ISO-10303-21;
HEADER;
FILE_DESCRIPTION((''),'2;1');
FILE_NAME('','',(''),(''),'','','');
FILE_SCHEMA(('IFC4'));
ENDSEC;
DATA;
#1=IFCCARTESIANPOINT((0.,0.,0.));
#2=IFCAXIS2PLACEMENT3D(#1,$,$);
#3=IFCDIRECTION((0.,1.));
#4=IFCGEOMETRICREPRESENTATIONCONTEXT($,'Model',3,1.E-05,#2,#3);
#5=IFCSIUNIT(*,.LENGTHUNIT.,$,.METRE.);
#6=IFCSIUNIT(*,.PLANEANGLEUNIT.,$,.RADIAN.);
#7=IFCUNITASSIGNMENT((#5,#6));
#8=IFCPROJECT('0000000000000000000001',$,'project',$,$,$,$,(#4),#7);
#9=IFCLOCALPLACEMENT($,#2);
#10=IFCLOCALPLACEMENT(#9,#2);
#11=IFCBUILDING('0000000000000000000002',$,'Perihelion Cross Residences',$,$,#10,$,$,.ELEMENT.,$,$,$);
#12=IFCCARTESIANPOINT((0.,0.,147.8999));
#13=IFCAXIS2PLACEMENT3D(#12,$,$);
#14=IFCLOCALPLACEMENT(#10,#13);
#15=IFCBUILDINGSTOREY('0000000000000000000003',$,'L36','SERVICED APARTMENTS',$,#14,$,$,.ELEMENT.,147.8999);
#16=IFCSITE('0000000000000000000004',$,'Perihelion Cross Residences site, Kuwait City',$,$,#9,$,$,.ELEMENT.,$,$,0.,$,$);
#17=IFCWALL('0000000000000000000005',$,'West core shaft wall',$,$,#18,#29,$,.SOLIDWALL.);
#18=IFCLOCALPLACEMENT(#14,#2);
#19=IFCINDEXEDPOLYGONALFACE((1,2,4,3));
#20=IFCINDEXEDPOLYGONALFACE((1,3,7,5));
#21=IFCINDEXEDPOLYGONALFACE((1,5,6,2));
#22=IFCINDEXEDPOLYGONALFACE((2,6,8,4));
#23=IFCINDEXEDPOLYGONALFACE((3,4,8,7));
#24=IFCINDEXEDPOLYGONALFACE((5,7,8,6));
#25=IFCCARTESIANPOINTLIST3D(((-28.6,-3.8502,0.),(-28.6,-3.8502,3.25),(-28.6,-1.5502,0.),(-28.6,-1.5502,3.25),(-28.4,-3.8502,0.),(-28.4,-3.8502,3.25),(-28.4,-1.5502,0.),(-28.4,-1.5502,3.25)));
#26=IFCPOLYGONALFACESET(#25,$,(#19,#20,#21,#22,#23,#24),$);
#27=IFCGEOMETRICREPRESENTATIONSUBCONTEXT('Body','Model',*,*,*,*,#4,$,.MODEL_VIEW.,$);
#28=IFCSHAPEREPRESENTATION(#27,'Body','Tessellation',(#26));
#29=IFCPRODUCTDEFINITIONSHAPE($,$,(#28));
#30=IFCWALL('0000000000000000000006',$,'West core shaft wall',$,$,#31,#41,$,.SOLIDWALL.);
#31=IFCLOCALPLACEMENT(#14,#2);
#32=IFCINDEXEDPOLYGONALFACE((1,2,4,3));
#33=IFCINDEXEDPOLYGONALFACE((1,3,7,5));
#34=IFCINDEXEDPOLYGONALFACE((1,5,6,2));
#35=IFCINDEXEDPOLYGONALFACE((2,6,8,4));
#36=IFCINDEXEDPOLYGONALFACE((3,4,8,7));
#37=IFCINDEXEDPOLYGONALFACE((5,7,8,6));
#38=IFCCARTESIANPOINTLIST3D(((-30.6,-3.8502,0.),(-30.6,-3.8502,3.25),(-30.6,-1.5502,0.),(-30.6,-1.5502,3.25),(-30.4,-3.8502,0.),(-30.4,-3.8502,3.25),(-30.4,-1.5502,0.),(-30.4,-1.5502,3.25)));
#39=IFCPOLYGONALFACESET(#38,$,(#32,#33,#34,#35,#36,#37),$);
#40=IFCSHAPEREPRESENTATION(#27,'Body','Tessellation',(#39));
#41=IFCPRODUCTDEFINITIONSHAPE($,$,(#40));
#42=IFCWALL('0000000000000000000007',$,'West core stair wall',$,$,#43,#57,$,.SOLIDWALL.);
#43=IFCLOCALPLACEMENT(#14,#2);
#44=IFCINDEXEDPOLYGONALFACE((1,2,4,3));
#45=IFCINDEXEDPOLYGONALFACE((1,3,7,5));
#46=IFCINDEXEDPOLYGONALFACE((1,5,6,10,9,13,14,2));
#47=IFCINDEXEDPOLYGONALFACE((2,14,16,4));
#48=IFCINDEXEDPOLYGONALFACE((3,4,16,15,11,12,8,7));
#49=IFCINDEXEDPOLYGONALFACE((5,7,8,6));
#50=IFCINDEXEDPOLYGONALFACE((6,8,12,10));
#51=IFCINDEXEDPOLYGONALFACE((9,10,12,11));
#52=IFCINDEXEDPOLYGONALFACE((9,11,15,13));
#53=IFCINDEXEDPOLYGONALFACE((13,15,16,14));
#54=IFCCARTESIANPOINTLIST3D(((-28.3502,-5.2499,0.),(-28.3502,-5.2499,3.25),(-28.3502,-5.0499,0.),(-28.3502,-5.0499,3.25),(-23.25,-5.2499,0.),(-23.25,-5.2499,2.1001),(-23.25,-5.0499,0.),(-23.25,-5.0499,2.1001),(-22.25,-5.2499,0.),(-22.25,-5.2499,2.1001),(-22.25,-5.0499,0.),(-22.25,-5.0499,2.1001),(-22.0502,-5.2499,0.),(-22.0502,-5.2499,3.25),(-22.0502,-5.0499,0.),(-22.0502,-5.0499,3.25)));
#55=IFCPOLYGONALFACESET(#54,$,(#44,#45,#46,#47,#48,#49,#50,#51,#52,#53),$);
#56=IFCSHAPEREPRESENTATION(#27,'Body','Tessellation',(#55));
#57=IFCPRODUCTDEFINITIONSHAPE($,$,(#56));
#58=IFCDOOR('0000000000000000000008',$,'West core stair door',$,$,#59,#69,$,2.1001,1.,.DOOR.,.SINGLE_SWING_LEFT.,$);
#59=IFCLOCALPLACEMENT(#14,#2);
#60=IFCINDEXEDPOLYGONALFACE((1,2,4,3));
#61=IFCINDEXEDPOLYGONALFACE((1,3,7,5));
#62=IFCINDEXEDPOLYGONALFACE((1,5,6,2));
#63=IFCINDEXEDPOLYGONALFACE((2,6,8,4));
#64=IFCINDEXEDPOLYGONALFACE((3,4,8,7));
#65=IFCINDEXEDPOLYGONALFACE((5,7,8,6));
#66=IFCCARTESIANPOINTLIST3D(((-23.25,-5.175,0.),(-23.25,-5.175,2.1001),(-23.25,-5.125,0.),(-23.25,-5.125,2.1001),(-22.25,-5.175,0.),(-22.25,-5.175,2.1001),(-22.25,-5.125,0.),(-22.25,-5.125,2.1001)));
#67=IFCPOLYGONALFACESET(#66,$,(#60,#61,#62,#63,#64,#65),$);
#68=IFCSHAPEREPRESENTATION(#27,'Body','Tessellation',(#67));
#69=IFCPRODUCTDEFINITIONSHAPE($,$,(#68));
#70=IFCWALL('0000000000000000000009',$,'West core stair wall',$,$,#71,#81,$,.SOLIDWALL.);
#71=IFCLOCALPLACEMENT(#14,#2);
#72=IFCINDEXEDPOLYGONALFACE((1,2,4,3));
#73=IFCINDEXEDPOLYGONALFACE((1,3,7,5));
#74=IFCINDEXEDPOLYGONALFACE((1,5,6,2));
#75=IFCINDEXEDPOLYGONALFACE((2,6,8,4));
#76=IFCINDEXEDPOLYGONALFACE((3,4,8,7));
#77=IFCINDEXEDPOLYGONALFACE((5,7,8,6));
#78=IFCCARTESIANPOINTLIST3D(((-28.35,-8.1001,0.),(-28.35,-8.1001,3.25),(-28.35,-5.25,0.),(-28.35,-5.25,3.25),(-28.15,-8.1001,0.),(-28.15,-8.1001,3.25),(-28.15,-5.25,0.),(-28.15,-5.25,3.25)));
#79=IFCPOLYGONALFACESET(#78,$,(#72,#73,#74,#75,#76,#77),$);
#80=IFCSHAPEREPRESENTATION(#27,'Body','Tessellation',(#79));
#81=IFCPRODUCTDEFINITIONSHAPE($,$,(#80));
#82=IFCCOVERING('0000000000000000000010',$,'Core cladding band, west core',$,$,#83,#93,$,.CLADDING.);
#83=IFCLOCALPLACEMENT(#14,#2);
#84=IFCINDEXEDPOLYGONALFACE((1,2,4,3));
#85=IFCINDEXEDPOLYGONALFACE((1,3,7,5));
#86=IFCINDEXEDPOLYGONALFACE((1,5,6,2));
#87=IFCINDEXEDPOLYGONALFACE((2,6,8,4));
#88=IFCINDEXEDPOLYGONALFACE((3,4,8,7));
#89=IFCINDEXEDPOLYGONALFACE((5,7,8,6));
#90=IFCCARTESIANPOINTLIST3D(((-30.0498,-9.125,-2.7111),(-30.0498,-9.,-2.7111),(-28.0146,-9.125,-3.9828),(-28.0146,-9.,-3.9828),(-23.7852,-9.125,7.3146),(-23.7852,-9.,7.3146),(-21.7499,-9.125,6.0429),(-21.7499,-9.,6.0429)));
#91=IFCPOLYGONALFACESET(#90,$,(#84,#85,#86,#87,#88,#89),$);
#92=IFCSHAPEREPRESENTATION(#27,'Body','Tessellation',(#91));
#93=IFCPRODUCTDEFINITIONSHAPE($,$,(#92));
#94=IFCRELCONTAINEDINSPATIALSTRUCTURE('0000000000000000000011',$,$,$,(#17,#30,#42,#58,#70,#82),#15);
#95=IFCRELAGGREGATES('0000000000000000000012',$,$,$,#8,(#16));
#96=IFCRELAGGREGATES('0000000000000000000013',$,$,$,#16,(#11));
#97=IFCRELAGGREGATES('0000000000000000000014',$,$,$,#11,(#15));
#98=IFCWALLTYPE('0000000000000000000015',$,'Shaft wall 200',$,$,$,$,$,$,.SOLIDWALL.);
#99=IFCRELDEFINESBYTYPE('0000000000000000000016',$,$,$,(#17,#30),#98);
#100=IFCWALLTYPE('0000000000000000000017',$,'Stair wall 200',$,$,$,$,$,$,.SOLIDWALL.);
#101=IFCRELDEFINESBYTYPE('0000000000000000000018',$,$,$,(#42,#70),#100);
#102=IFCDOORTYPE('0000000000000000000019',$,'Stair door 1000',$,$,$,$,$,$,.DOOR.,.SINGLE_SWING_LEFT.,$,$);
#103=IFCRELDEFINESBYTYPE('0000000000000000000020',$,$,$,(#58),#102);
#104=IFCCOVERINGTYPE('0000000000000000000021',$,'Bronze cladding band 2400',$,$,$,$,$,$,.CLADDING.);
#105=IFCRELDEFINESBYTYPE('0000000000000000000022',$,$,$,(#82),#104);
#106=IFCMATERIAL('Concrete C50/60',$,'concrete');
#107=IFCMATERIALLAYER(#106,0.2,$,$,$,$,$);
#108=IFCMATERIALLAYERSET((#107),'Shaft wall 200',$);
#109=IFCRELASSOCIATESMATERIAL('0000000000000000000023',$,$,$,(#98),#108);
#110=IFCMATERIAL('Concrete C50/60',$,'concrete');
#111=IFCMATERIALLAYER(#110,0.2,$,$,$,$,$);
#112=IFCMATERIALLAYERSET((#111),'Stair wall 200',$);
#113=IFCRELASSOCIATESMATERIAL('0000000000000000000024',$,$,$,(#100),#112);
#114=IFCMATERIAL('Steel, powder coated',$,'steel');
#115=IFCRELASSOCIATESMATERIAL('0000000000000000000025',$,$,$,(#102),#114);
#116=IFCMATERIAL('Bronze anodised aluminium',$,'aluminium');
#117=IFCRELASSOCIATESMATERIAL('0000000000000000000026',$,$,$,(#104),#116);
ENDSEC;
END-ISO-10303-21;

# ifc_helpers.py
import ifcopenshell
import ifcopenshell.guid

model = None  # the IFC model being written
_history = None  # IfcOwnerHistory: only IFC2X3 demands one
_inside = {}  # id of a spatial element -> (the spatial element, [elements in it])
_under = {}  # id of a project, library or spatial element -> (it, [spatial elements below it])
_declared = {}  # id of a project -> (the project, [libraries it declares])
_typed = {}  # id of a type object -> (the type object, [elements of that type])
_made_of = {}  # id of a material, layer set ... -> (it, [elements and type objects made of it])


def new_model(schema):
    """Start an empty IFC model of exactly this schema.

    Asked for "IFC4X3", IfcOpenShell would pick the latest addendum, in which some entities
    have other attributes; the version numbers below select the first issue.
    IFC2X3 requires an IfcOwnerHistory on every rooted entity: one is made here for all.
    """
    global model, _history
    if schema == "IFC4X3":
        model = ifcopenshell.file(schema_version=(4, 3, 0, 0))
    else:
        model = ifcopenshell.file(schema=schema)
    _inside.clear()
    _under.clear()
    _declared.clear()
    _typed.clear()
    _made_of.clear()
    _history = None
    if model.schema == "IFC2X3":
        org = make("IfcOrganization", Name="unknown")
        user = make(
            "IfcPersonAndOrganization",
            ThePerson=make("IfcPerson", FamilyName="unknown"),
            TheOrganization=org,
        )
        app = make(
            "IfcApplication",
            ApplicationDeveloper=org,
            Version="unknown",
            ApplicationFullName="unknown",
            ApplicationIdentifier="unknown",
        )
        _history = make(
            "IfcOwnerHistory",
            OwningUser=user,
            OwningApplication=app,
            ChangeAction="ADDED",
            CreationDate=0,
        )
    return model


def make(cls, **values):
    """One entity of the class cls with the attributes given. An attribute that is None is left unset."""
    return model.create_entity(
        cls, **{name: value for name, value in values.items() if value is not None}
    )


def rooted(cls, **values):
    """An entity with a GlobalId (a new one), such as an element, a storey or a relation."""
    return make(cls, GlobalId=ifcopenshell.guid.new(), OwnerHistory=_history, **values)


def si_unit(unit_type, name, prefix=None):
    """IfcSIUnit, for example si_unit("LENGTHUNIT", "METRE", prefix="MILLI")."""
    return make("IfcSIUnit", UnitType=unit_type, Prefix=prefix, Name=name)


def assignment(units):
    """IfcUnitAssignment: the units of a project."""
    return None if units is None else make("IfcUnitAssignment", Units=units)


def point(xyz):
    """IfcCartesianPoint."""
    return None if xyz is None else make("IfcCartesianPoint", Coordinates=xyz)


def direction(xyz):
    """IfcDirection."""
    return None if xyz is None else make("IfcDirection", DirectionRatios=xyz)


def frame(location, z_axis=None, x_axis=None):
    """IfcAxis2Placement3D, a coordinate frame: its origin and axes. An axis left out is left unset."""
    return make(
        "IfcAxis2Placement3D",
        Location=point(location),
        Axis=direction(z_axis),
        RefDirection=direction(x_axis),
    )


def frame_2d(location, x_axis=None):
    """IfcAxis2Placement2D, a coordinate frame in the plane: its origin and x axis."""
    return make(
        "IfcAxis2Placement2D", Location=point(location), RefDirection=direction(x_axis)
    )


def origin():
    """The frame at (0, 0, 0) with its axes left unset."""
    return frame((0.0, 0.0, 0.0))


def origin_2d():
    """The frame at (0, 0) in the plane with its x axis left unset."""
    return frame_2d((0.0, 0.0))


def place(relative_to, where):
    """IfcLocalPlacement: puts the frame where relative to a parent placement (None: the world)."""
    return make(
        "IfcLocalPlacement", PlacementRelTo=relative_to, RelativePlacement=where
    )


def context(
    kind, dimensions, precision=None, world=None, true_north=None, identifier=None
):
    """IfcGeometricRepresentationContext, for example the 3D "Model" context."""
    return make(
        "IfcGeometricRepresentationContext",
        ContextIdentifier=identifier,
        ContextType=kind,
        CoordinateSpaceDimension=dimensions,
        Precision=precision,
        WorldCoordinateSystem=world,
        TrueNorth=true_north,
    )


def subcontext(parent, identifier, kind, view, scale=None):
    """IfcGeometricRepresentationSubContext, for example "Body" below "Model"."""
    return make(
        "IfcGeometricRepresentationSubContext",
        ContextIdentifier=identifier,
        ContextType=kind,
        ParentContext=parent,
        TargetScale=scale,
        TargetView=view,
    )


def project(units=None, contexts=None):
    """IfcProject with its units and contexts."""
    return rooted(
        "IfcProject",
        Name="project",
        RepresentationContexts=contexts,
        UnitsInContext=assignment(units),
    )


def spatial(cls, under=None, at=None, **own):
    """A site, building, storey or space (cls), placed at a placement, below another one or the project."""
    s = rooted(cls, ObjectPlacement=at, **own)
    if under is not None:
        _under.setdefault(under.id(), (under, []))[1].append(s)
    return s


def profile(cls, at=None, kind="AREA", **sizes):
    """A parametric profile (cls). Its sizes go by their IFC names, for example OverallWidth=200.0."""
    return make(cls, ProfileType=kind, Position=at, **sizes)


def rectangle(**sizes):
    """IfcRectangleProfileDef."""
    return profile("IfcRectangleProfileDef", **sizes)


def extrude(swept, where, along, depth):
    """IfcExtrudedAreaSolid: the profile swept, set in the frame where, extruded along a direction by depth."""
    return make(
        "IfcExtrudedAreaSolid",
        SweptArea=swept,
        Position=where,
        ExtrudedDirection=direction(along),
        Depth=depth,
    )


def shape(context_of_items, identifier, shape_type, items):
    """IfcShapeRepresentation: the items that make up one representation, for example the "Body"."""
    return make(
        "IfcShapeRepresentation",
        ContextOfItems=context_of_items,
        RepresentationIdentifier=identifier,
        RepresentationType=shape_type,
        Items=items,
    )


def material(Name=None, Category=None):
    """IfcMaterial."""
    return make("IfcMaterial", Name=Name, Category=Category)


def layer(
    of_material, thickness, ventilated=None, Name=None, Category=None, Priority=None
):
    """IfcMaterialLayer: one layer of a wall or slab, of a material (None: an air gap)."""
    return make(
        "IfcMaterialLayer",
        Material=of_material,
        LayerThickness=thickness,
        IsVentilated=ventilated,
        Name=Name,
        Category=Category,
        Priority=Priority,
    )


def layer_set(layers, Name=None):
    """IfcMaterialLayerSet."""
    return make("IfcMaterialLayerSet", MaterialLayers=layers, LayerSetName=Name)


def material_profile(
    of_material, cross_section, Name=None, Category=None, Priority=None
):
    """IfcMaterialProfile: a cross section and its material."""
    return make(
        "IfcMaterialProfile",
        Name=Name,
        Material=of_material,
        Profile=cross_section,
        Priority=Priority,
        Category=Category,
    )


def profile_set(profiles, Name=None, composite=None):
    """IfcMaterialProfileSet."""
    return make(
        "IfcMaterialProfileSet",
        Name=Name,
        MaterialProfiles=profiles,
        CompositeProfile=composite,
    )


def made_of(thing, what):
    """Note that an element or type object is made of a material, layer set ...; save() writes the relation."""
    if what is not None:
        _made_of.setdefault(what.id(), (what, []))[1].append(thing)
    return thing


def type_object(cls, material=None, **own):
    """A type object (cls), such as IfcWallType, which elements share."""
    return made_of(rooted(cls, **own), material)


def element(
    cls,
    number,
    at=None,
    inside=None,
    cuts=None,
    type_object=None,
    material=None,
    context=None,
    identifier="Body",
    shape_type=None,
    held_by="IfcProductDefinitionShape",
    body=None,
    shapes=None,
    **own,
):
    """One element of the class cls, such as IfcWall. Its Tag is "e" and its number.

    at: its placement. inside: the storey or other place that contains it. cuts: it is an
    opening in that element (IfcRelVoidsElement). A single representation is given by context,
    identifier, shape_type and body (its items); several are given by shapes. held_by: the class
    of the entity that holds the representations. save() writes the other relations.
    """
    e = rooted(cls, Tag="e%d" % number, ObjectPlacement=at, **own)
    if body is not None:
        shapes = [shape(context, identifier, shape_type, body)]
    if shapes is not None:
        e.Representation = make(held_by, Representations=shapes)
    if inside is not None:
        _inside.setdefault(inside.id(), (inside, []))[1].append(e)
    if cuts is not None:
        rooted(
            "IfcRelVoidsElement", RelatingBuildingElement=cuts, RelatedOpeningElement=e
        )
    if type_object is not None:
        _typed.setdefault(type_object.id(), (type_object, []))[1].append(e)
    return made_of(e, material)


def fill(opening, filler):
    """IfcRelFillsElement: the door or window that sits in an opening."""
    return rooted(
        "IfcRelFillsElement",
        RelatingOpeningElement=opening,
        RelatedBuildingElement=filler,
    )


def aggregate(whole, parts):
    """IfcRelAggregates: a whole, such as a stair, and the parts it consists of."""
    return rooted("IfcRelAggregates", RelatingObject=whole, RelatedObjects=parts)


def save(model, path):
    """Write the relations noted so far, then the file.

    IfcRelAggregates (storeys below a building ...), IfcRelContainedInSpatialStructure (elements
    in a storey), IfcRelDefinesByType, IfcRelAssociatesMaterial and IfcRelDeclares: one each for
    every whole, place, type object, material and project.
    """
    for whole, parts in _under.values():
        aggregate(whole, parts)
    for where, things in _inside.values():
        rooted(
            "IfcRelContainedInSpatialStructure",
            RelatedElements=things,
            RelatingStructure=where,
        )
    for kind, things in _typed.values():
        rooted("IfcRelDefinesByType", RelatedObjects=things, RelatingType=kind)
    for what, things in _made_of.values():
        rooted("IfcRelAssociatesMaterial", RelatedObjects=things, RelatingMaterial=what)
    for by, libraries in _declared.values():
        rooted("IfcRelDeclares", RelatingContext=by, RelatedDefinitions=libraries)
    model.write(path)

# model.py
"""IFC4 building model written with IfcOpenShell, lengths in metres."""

from ifc_helpers import new_model, si_unit, direction, frame, frame_2d, origin, origin_2d, place, context, subcontext, project, spatial, rectangle, extrude, material, layer, layer_set, material_profile, profile_set, type_object, element, fill, save


model = new_model("IFC4")

# Units and contexts
model_context = context("Model", 3, precision=1e-05, world=origin(), true_north=direction((0.0, 1.0)))
body_context = subcontext(model_context, "Body", "Model", "MODEL_VIEW")
ifc_project = project(units=[si_unit("LENGTHUNIT", "METRE"), si_unit("PLANEANGLEUNIT", "RADIAN")], contexts=[model_context])

# Site, building, storey
site_placement = place(None, origin())
site = spatial("IfcSite", under=ifc_project, at=site_placement, Name="Perihelion Cross Residences site, Kuwait City", CompositionType="ELEMENT", RefElevation=0.0)
building_placement = place(site_placement, origin())
building = spatial("IfcBuilding", under=site, at=building_placement, Name="Perihelion Cross Residences", CompositionType="ELEMENT")
storey_placement = place(building_placement, frame((0.0, 0.0, 147.8999)))
storey = spatial("IfcBuildingStorey", under=building, at=storey_placement, Name="L36", Description="SERVICED APARTMENTS", CompositionType="ELEMENT", Elevation=147.8999)

# Shared definitions
ifc_material_1 = material(Name="Concrete C50/60", Category="concrete")
ifc_layer_1 = layer(ifc_material_1, 0.2)
ifc_layer_set_1 = layer_set([ifc_layer_1], Name="Shaft wall 200")
wall_type_1 = type_object("IfcWallType", Name="Shaft wall 200", PredefinedType="SOLIDWALL", material=ifc_layer_set_1)

# Walls
for number, where, z_axis, x_axis, name in (
    (1, (-28.5, -3.8501, 0.0), (0.0, 0.0, 1.0), (0.0, 1.0, 0.0), "West core shaft wall"),
    (2, (-30.5, -3.8501, 0.0), (0.0, 0.0, 1.0), (0.0, 1.0, 0.0), "West core shaft wall"),
):
    element("IfcWall", number, at=place(storey_placement, frame(where, z_axis=z_axis, x_axis=x_axis)), inside=storey, type_object=wall_type_1, Name=name, PredefinedType="SOLIDWALL", context=body_context, shape_type="SweptSolid", body=[
        extrude(rectangle(XDim=2.3, YDim=0.2, at=frame_2d((1.1499, 0.0))), origin(), (0.0, 0.0, 1.0), 3.25),
    ])

# Wall, opening, door
ifc_material_2 = material(Name="Concrete C50/60", Category="concrete")
ifc_layer_2 = layer(ifc_material_2, 0.2)
ifc_layer_set_2 = layer_set([ifc_layer_2], Name="Stair wall 200")
wall_type_2 = type_object("IfcWallType", Name="Stair wall 200", PredefinedType="SOLIDWALL", material=ifc_layer_set_2)
wall_1_placement = place(storey_placement, frame((-28.3501, -5.1499, 0.0), z_axis=(0.0, 0.0, 1.0), x_axis=(1.0, 0.0, 0.0)))
wall_1 = element("IfcWall", 3, at=wall_1_placement, inside=storey, type_object=wall_type_2, Name="West core stair wall", PredefinedType="SOLIDWALL", context=body_context, shape_type="SweptSolid", body=[
    extrude(rectangle(XDim=6.3, YDim=0.2, at=frame_2d((3.1499, 0.0))), origin(), (0.0, 0.0, 1.0), 3.25),
])
opening_1_placement = place(wall_1_placement, frame((5.1001, 0.0, 0.0)))
opening_1 = element("IfcOpeningElement", 4, at=opening_1_placement, cuts=wall_1, PredefinedType="OPENING", context=body_context, shape_type="SweptSolid", body=[
    extrude(rectangle(XDim=1.0, YDim=2.1001, at=frame_2d((0.5, 1.05))), frame((0.0, 0.1099, 0.0), z_axis=(0.0, -1.0, 0.0), x_axis=(1.0, 0.0, 0.0)), (0.0, 0.0, 1.0), 0.22),
])
ifc_material_3 = material(Name="Steel, powder coated", Category="steel")
door_type_1 = type_object("IfcDoorType", Name="Stair door 1000", OperationType="SINGLE_SWING_LEFT", PredefinedType="DOOR", material=ifc_material_3)
door_1_placement = place(opening_1_placement, origin())
door_1 = element("IfcDoor", 5, at=door_1_placement, inside=storey, type_object=door_type_1, Name="West core stair door", OperationType="SINGLE_SWING_LEFT", OverallHeight=2.1001, OverallWidth=1.0, PredefinedType="DOOR", context=body_context, shape_type="SweptSolid", body=[
    extrude(rectangle(XDim=1.0, YDim=2.1001, at=frame_2d((0.5, 1.05))), frame((0.0, 0.0249, 0.0), z_axis=(0.0, -1.0, 0.0), x_axis=(1.0, 0.0, 0.0)), (0.0, 0.0, 1.0), 0.05),
])
fill(opening_1, door_1)

# Wall
wall_2_placement = place(storey_placement, frame((-28.25, -8.1001, 0.0), z_axis=(0.0, 0.0, 1.0), x_axis=(0.0, 1.0, 0.0)))
element("IfcWall", 6, at=wall_2_placement, inside=storey, type_object=wall_type_2, Name="West core stair wall", PredefinedType="SOLIDWALL", context=body_context, shape_type="SweptSolid", body=[
    extrude(rectangle(XDim=2.8501, YDim=0.2, at=frame_2d((1.425, 0.0))), origin(), (0.0, 0.0, 1.0), 3.25),
])

# Covering
ifc_material_4 = material(Name="Bronze anodised aluminium", Category="aluminium")
ifc_material_profile = material_profile(ifc_material_4, rectangle(XDim=0.125, YDim=2.3999, at=origin_2d()), Name="Bronze cladding band 2400")
ifc_profile_set = profile_set([ifc_material_profile], Name="Bronze anodised aluminium")
covering_type = type_object("IfcCoveringType", Name="Bronze cladding band 2400", PredefinedType="CLADDING", material=ifc_profile_set)
covering_placement = place(storey_placement, frame((-29.0322, -9.0625, -3.3469), z_axis=(0.529915, 0.0, 0.848051), x_axis=(0.0, 1.0, 0.0)))
element("IfcCovering", 7, at=covering_placement, inside=storey, type_object=covering_type, Name="Core cladding band, west core", PredefinedType="CLADDING", context=body_context, shape_type="SweptSolid", body=[
    extrude(rectangle(XDim=0.125, YDim=2.3999, at=origin_2d()), origin(), (0.0, 0.0, 1.0), 11.822),
])

save(model, "model.ifc")
